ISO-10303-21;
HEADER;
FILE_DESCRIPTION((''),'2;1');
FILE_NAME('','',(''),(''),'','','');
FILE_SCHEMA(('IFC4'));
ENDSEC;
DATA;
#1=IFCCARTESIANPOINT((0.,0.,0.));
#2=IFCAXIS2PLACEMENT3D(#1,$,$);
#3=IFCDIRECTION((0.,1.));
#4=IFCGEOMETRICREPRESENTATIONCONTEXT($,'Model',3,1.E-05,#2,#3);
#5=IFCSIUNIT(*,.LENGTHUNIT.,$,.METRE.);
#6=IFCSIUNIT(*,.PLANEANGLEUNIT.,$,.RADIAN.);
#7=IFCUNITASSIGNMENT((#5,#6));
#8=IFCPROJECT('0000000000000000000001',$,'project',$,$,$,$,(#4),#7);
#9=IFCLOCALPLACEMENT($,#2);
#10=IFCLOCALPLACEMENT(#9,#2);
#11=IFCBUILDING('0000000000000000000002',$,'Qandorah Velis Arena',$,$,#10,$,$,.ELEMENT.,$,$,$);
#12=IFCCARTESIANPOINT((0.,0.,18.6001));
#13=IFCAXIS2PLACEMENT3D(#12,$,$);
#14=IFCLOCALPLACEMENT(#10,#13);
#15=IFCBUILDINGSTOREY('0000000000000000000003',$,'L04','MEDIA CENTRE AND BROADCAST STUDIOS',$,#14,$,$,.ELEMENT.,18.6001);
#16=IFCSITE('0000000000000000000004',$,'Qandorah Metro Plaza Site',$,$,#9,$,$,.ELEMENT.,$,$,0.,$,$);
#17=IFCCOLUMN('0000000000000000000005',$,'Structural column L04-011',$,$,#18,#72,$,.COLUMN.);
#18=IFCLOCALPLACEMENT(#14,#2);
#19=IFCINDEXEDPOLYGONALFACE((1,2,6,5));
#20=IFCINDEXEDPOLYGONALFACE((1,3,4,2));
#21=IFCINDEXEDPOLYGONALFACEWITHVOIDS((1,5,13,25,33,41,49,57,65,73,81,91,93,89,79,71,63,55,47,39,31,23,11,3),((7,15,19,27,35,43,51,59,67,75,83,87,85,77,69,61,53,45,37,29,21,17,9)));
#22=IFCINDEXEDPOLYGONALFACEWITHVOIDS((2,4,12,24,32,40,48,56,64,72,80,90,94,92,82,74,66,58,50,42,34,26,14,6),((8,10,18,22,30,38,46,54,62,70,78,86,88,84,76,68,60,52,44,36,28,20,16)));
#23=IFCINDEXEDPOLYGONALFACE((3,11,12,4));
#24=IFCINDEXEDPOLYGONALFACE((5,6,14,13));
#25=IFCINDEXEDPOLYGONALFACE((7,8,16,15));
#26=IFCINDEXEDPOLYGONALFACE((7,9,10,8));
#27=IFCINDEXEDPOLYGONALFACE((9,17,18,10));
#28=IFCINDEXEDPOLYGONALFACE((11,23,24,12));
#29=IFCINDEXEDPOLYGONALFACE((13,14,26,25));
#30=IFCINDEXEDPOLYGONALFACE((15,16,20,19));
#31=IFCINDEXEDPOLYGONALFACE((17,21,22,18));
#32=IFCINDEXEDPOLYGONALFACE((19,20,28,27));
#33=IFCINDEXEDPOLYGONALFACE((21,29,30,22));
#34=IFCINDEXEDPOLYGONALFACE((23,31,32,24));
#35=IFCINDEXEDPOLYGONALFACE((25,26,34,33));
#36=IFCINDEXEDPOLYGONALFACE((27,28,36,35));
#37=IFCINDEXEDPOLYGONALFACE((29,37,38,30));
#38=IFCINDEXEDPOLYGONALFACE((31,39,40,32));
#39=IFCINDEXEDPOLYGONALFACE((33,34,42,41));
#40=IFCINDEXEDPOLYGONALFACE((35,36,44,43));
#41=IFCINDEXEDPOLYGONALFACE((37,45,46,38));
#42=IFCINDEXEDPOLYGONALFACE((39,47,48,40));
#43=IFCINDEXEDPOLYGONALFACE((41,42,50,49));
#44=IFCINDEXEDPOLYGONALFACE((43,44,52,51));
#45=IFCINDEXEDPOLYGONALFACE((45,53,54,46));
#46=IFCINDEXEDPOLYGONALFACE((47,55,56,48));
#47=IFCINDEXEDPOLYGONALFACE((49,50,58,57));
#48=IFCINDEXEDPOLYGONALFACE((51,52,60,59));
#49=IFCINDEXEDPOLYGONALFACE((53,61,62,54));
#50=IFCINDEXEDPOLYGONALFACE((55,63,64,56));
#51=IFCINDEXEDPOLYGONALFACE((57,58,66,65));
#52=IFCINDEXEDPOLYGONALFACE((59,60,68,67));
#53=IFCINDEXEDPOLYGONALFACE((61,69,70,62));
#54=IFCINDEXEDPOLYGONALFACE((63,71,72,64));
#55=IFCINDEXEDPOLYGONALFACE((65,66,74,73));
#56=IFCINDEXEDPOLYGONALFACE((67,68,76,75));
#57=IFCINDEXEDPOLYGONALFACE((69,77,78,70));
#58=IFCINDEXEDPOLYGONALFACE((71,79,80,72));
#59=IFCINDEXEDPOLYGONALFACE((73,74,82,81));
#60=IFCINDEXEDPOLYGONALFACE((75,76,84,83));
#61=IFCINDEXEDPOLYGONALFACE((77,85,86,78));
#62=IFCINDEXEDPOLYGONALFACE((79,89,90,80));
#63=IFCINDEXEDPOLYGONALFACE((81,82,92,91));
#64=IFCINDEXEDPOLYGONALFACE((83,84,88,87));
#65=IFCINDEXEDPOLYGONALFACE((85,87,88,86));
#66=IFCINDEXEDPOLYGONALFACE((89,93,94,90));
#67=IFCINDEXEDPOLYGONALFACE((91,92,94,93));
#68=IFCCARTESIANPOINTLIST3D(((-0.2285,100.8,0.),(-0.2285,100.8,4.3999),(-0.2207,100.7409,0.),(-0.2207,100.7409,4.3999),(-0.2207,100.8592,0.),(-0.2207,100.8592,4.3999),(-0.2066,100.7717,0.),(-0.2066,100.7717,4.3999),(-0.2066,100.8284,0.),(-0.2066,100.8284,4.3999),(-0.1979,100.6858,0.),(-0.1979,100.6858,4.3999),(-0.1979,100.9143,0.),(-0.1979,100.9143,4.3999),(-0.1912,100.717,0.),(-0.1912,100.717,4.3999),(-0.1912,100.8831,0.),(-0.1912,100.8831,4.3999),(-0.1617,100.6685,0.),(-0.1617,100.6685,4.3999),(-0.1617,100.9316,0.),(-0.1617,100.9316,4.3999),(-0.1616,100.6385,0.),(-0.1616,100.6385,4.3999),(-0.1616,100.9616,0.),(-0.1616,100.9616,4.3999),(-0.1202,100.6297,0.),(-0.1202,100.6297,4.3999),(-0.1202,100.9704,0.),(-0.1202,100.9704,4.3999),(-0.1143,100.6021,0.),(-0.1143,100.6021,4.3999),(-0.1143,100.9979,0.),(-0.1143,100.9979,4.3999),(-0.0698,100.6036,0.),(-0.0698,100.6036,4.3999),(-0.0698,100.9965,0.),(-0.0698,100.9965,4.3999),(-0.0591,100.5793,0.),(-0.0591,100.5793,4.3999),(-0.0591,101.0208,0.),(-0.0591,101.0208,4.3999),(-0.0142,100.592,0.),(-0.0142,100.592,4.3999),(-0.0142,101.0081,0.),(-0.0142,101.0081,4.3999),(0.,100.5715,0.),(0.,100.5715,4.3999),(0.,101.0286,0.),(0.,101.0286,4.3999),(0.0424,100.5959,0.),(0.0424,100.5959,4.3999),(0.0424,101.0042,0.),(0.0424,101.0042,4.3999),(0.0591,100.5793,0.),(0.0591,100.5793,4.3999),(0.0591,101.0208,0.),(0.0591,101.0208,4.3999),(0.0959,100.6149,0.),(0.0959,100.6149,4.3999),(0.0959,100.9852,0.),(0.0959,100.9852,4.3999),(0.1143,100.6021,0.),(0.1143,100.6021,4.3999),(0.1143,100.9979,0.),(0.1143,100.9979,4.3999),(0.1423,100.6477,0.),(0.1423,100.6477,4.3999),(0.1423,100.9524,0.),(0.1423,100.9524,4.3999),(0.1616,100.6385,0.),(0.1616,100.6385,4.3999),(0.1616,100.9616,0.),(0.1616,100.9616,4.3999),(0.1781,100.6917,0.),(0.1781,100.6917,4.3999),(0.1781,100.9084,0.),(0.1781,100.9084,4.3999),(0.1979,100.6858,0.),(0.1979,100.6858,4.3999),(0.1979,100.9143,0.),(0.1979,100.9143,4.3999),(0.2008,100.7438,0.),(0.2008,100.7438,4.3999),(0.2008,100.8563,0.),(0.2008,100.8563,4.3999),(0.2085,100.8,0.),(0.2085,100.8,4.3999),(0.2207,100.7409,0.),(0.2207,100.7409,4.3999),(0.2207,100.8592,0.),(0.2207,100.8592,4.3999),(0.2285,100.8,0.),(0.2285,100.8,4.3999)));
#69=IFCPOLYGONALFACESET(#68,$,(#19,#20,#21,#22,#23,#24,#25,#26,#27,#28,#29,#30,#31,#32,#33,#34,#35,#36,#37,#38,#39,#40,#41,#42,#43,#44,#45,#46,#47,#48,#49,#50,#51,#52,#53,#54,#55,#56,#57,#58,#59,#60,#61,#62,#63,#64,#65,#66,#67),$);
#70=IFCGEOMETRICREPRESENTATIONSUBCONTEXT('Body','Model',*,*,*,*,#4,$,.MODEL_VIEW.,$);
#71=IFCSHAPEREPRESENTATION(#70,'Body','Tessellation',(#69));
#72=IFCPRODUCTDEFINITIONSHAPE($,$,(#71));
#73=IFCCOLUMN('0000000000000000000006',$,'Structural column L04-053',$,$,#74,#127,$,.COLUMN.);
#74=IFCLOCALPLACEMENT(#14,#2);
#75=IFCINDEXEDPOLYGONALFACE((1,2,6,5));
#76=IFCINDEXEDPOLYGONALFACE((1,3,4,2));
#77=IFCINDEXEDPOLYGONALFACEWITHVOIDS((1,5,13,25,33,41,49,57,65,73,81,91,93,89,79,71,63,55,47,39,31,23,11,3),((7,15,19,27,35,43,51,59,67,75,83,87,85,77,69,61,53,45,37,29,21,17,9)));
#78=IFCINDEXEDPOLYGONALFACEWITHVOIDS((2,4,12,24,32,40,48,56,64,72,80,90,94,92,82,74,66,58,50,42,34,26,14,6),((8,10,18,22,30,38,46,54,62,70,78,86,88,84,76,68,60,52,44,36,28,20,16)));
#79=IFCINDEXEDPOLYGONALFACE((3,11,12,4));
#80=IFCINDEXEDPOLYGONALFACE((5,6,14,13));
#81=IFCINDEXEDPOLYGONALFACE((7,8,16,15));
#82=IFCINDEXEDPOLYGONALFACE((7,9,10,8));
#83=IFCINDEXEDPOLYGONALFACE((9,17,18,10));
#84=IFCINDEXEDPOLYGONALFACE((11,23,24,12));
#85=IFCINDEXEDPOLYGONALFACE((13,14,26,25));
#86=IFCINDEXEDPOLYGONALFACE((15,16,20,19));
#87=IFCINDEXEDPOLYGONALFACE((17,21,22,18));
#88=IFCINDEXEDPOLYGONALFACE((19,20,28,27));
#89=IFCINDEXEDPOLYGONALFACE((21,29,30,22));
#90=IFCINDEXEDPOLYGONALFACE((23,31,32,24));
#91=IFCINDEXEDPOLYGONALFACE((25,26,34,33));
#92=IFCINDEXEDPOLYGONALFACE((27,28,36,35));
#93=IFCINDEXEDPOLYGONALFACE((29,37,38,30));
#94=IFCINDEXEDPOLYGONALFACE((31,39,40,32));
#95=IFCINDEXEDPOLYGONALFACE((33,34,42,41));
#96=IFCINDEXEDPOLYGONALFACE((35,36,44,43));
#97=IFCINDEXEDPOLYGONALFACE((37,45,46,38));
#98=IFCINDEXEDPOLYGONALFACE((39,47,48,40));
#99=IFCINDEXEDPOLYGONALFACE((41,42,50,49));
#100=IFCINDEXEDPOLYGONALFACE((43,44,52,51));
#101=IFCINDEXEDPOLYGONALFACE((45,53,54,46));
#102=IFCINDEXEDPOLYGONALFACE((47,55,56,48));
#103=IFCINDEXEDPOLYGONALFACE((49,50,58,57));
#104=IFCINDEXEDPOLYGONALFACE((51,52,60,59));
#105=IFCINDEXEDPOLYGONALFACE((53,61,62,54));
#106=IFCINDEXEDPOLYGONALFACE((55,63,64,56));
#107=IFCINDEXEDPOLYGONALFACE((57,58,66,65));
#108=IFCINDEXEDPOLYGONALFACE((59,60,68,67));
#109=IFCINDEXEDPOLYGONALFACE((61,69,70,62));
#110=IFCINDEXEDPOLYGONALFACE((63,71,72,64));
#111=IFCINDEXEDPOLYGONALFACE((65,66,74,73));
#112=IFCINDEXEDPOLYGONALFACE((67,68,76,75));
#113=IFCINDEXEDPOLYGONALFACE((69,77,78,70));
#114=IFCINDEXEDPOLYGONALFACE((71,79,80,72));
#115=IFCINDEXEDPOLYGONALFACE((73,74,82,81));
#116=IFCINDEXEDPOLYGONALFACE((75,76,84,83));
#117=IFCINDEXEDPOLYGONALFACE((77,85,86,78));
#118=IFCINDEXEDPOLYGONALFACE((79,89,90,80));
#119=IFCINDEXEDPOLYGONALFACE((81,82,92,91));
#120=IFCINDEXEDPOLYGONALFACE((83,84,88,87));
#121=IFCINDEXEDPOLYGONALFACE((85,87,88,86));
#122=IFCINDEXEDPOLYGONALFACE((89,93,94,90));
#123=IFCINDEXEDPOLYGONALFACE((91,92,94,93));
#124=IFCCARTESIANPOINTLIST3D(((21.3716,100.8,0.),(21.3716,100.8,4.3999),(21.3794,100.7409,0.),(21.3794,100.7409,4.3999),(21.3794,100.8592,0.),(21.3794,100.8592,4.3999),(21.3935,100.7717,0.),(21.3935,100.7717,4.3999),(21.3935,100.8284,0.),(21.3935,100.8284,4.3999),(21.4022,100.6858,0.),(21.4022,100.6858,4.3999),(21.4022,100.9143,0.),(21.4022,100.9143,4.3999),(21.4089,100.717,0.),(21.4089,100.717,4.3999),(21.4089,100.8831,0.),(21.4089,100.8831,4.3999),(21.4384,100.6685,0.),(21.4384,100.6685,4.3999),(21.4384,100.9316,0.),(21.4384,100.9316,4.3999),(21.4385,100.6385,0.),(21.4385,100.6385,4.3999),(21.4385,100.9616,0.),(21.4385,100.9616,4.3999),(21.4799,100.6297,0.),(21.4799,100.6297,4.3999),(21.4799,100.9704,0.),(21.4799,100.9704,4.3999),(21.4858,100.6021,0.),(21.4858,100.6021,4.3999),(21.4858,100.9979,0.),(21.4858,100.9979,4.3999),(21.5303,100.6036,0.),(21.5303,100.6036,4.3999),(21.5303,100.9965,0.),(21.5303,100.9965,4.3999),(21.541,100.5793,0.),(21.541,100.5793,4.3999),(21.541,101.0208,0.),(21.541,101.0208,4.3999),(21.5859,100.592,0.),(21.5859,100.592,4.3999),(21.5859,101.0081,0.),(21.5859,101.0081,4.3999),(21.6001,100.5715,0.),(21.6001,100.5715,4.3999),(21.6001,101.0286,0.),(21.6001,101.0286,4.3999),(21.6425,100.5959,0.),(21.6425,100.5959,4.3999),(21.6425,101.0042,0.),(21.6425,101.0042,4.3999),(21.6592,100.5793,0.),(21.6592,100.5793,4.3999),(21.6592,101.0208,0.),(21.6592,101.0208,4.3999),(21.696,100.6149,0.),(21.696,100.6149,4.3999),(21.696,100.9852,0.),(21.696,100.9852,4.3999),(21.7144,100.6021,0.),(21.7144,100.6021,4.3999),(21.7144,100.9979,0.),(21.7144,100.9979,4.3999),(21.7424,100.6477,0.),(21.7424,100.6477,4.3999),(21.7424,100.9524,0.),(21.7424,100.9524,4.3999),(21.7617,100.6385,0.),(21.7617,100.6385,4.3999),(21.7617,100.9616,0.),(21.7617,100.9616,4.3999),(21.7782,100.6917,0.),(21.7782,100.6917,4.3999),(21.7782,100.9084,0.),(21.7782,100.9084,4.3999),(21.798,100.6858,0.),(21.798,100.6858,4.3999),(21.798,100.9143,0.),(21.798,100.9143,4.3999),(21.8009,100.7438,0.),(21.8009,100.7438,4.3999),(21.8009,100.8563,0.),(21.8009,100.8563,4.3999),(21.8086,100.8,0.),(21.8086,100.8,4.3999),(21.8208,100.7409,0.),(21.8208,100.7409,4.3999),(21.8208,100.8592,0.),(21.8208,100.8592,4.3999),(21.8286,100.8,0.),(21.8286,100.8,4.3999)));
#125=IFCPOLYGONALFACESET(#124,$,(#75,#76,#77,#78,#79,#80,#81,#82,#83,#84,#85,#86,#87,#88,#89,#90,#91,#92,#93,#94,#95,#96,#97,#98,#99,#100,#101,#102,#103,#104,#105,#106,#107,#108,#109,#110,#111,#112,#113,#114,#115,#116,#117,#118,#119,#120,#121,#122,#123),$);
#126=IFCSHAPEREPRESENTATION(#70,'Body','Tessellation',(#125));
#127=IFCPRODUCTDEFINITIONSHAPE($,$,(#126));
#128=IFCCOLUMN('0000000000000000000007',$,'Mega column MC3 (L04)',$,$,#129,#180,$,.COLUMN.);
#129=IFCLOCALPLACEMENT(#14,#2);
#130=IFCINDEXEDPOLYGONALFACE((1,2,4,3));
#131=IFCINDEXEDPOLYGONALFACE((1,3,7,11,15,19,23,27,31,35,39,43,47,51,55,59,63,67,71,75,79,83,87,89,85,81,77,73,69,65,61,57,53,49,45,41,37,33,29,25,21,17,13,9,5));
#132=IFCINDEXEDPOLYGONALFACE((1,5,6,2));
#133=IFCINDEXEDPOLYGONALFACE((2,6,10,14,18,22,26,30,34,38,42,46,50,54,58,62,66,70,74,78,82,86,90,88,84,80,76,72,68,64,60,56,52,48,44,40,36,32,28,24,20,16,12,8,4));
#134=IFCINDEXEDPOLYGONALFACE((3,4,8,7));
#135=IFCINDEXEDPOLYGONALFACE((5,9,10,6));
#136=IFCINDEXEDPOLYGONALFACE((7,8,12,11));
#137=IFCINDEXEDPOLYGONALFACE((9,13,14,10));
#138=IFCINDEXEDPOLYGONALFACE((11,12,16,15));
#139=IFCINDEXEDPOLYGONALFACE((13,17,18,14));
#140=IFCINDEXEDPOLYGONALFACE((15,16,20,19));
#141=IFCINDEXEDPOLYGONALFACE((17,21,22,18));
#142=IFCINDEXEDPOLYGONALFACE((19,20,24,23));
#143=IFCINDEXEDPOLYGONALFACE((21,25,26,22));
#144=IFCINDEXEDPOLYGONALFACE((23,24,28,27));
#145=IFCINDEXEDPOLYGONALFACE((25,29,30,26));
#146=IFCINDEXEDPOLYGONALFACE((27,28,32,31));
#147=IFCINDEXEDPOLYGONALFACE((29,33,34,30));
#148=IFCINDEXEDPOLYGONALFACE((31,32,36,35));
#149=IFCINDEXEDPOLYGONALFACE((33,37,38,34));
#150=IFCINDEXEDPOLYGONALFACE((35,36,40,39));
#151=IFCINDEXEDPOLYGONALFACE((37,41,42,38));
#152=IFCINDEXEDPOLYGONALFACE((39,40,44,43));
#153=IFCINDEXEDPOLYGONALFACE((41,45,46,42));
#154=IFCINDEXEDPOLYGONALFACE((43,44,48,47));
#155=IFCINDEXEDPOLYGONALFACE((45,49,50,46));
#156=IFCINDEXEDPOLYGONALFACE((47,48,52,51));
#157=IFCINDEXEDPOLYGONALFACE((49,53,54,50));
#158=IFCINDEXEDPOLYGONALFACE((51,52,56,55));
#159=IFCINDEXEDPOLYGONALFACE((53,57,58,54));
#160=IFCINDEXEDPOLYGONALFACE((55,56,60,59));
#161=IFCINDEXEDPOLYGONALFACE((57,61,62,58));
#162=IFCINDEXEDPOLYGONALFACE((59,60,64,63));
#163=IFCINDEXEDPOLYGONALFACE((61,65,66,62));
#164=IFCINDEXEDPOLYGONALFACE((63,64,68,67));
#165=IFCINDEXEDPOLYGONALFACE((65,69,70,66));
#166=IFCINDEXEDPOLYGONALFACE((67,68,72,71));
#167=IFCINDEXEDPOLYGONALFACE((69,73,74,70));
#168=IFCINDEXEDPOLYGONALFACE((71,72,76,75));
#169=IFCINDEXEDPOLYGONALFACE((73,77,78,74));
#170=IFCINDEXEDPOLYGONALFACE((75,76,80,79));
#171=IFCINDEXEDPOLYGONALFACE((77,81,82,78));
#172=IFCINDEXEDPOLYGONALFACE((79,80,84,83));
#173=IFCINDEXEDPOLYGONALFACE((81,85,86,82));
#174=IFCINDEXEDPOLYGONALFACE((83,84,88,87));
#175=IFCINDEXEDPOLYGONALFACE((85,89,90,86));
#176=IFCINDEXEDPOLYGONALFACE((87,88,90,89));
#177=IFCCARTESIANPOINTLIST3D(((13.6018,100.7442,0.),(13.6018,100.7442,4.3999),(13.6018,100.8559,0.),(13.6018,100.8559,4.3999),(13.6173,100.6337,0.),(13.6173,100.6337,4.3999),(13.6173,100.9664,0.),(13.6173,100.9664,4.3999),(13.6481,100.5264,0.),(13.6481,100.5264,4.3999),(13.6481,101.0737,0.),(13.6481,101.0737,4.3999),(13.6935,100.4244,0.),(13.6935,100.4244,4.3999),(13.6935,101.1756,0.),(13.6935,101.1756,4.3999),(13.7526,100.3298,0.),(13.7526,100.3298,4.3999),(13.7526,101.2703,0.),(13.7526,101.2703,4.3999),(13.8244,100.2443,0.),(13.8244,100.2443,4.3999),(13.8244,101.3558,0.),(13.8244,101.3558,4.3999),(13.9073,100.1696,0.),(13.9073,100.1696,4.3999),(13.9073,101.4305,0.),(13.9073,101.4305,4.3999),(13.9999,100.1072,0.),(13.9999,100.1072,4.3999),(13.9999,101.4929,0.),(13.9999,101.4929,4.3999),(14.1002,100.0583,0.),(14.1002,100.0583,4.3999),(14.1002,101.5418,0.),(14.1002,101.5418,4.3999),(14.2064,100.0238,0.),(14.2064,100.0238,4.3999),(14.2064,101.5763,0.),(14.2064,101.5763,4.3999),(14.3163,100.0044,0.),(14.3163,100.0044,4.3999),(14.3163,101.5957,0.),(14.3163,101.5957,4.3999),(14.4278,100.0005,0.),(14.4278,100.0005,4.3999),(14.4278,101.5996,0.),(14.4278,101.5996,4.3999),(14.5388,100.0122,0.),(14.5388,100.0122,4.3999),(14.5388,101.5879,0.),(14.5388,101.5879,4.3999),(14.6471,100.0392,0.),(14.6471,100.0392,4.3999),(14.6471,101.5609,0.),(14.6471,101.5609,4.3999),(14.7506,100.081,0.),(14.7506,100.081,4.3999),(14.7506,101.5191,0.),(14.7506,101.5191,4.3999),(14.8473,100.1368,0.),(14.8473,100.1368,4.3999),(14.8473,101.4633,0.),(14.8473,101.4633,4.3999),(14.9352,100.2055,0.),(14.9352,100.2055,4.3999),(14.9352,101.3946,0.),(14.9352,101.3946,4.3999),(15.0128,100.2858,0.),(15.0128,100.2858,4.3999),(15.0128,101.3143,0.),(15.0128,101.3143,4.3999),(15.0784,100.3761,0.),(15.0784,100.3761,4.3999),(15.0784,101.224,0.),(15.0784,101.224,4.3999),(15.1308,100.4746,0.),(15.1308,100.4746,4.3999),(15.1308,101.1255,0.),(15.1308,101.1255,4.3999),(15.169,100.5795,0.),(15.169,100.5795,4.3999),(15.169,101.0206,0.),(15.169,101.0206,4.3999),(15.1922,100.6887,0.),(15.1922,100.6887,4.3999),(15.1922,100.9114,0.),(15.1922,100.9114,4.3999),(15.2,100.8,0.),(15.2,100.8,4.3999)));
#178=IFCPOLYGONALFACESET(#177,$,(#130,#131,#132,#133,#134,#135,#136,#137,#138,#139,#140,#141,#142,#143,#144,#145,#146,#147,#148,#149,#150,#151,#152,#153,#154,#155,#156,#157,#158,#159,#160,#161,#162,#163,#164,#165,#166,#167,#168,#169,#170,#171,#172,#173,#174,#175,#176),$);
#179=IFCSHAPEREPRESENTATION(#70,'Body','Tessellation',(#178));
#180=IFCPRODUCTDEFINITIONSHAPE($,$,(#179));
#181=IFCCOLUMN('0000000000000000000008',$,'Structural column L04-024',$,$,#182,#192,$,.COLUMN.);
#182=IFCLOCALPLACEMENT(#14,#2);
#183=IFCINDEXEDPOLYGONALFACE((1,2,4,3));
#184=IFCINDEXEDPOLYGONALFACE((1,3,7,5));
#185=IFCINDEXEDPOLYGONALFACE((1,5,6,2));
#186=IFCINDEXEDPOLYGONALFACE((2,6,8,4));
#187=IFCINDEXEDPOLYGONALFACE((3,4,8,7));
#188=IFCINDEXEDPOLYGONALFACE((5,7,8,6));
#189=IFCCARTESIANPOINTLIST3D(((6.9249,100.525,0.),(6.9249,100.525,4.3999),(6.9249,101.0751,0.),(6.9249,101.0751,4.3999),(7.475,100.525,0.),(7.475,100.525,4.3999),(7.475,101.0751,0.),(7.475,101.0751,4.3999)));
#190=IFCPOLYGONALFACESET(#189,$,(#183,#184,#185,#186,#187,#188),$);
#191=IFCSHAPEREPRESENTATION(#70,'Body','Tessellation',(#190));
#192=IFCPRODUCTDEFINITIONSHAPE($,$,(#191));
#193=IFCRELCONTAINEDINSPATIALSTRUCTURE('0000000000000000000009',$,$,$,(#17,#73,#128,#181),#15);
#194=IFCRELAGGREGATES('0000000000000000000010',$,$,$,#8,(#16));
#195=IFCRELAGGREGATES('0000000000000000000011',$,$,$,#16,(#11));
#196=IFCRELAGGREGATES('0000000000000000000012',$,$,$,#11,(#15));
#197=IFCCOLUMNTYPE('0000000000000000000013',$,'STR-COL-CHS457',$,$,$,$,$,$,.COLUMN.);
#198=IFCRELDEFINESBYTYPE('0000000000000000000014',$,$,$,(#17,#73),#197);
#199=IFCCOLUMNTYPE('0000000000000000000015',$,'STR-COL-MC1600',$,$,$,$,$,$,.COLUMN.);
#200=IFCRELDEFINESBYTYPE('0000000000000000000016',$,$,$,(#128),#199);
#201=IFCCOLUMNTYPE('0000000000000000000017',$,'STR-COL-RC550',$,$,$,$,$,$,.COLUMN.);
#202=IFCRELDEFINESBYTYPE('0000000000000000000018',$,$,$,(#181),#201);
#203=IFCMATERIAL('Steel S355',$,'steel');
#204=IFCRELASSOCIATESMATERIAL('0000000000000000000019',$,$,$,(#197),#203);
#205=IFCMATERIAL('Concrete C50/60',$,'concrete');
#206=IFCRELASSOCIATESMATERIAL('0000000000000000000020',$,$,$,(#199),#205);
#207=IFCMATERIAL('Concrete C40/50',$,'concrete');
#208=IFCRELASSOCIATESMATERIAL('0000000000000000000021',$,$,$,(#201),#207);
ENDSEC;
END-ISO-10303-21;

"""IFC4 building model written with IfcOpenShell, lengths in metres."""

from ifc_helpers import new_model, si_unit, direction, frame, origin, origin_2d, place, context, subcontext, project, spatial, rectangle, circle, hollow_circle, extrude, material, material_profile, profile_set, type_object, element, save


model = new_model("IFC4")

# Units and contexts
model_context = context("Model", 3, precision=1e-05, world=origin(), true_north=direction((0.0, 1.0)))
body_context = subcontext(model_context, "Body", "Model", "MODEL_VIEW")
ifc_project = project(units=[si_unit("LENGTHUNIT", "METRE"), si_unit("PLANEANGLEUNIT", "RADIAN")], contexts=[model_context])

# Site, building, storey
site_placement = place(None, origin())
site = spatial("IfcSite", under=ifc_project, at=site_placement, Name="Qandorah Metro Plaza Site", CompositionType="ELEMENT", RefElevation=0.0)
building_placement = place(site_placement, origin())
building = spatial("IfcBuilding", under=site, at=building_placement, Name="Qandorah Velis Arena", CompositionType="ELEMENT")
storey_placement = place(building_placement, frame((0.0, 0.0, 18.6001)))
storey = spatial("IfcBuildingStorey", under=building, at=storey_placement, Name="L04", Description="MEDIA CENTRE AND BROADCAST STUDIOS", CompositionType="ELEMENT", Elevation=18.6001)

# Columns
ifc_material_1 = material(Name="Steel S355", Category="steel")
ifc_material_profile_1 = material_profile(ifc_material_1, hollow_circle(Radius=0.2285, WallThickness=0.02, at=origin_2d()), Name="CHS 457x20")
ifc_profile_set_1 = profile_set([ifc_material_profile_1], Name="Steel S355")
column_type_1 = type_object("IfcColumnType", Name="STR-COL-CHS457", PredefinedType="COLUMN", material=ifc_profile_set_1)
for number, where, z_axis, x_axis, name in (
    (1, (0.0, 100.8, 0.0), (0.0, 0.0, 1.0), (1.0, 0.0, 0.0), "Structural column L04-011"),
    (2, (21.6001, 100.8, 0.0), (0.0, 0.0, 1.0), (1.0, 0.0, 0.0), "Structural column L04-053"),
):
    element("IfcColumn", number, at=place(storey_placement, frame(where, z_axis=z_axis, x_axis=x_axis)), inside=storey, type_object=column_type_1, Name=name, PredefinedType="COLUMN", context=body_context, shape_type="SweptSolid", body=[
        extrude(hollow_circle(Radius=0.2285, WallThickness=0.02, at=origin_2d()), origin(), (0.0, 0.0, 1.0), 4.3999),
    ])
ifc_material_2 = material(Name="Concrete C50/60", Category="concrete")
ifc_material_profile_2 = material_profile(ifc_material_2, circle(Radius=0.8, at=origin_2d()), Name="MC D1600")
ifc_profile_set_2 = profile_set([ifc_material_profile_2], Name="Concrete C50/60")
column_type_2 = type_object("IfcColumnType", Name="STR-COL-MC1600", PredefinedType="COLUMN", material=ifc_profile_set_2)
column_1_placement = place(storey_placement, frame((14.3999, 100.8, 0.0), z_axis=(0.0, 0.0, 1.0), x_axis=(1.0, 0.0, 0.0)))
element("IfcColumn", 3, at=column_1_placement, inside=storey, type_object=column_type_2, Name="Mega column MC3 (L04)", PredefinedType="COLUMN", context=body_context, shape_type="SweptSolid", body=[
    extrude(circle(Radius=0.8, at=origin_2d()), origin(), (0.0, 0.0, 1.0), 4.3999),
])
ifc_material_3 = material(Name="Concrete C40/50", Category="concrete")
ifc_material_profile_3 = material_profile(ifc_material_3, rectangle(XDim=0.55, YDim=0.55, at=origin_2d()), Name="RC COL 550x550")
ifc_profile_set_3 = profile_set([ifc_material_profile_3], Name="Concrete C40/50")
column_type_3 = type_object("IfcColumnType", Name="STR-COL-RC550", PredefinedType="COLUMN", material=ifc_profile_set_3)
column_2_placement = place(storey_placement, frame((7.2, 100.8, 0.0), z_axis=(0.0, 0.0, 1.0), x_axis=(1.0, 0.0, 0.0)))
element("IfcColumn", 4, at=column_2_placement, inside=storey, type_object=column_type_3, Name="Structural column L04-024", PredefinedType="COLUMN", context=body_context, shape_type="SweptSolid", body=[
    extrude(rectangle(XDim=0.55, YDim=0.55, at=origin_2d()), origin(), (0.0, 0.0, 1.0), 4.3999),
])

save(model, "model.ifc")
